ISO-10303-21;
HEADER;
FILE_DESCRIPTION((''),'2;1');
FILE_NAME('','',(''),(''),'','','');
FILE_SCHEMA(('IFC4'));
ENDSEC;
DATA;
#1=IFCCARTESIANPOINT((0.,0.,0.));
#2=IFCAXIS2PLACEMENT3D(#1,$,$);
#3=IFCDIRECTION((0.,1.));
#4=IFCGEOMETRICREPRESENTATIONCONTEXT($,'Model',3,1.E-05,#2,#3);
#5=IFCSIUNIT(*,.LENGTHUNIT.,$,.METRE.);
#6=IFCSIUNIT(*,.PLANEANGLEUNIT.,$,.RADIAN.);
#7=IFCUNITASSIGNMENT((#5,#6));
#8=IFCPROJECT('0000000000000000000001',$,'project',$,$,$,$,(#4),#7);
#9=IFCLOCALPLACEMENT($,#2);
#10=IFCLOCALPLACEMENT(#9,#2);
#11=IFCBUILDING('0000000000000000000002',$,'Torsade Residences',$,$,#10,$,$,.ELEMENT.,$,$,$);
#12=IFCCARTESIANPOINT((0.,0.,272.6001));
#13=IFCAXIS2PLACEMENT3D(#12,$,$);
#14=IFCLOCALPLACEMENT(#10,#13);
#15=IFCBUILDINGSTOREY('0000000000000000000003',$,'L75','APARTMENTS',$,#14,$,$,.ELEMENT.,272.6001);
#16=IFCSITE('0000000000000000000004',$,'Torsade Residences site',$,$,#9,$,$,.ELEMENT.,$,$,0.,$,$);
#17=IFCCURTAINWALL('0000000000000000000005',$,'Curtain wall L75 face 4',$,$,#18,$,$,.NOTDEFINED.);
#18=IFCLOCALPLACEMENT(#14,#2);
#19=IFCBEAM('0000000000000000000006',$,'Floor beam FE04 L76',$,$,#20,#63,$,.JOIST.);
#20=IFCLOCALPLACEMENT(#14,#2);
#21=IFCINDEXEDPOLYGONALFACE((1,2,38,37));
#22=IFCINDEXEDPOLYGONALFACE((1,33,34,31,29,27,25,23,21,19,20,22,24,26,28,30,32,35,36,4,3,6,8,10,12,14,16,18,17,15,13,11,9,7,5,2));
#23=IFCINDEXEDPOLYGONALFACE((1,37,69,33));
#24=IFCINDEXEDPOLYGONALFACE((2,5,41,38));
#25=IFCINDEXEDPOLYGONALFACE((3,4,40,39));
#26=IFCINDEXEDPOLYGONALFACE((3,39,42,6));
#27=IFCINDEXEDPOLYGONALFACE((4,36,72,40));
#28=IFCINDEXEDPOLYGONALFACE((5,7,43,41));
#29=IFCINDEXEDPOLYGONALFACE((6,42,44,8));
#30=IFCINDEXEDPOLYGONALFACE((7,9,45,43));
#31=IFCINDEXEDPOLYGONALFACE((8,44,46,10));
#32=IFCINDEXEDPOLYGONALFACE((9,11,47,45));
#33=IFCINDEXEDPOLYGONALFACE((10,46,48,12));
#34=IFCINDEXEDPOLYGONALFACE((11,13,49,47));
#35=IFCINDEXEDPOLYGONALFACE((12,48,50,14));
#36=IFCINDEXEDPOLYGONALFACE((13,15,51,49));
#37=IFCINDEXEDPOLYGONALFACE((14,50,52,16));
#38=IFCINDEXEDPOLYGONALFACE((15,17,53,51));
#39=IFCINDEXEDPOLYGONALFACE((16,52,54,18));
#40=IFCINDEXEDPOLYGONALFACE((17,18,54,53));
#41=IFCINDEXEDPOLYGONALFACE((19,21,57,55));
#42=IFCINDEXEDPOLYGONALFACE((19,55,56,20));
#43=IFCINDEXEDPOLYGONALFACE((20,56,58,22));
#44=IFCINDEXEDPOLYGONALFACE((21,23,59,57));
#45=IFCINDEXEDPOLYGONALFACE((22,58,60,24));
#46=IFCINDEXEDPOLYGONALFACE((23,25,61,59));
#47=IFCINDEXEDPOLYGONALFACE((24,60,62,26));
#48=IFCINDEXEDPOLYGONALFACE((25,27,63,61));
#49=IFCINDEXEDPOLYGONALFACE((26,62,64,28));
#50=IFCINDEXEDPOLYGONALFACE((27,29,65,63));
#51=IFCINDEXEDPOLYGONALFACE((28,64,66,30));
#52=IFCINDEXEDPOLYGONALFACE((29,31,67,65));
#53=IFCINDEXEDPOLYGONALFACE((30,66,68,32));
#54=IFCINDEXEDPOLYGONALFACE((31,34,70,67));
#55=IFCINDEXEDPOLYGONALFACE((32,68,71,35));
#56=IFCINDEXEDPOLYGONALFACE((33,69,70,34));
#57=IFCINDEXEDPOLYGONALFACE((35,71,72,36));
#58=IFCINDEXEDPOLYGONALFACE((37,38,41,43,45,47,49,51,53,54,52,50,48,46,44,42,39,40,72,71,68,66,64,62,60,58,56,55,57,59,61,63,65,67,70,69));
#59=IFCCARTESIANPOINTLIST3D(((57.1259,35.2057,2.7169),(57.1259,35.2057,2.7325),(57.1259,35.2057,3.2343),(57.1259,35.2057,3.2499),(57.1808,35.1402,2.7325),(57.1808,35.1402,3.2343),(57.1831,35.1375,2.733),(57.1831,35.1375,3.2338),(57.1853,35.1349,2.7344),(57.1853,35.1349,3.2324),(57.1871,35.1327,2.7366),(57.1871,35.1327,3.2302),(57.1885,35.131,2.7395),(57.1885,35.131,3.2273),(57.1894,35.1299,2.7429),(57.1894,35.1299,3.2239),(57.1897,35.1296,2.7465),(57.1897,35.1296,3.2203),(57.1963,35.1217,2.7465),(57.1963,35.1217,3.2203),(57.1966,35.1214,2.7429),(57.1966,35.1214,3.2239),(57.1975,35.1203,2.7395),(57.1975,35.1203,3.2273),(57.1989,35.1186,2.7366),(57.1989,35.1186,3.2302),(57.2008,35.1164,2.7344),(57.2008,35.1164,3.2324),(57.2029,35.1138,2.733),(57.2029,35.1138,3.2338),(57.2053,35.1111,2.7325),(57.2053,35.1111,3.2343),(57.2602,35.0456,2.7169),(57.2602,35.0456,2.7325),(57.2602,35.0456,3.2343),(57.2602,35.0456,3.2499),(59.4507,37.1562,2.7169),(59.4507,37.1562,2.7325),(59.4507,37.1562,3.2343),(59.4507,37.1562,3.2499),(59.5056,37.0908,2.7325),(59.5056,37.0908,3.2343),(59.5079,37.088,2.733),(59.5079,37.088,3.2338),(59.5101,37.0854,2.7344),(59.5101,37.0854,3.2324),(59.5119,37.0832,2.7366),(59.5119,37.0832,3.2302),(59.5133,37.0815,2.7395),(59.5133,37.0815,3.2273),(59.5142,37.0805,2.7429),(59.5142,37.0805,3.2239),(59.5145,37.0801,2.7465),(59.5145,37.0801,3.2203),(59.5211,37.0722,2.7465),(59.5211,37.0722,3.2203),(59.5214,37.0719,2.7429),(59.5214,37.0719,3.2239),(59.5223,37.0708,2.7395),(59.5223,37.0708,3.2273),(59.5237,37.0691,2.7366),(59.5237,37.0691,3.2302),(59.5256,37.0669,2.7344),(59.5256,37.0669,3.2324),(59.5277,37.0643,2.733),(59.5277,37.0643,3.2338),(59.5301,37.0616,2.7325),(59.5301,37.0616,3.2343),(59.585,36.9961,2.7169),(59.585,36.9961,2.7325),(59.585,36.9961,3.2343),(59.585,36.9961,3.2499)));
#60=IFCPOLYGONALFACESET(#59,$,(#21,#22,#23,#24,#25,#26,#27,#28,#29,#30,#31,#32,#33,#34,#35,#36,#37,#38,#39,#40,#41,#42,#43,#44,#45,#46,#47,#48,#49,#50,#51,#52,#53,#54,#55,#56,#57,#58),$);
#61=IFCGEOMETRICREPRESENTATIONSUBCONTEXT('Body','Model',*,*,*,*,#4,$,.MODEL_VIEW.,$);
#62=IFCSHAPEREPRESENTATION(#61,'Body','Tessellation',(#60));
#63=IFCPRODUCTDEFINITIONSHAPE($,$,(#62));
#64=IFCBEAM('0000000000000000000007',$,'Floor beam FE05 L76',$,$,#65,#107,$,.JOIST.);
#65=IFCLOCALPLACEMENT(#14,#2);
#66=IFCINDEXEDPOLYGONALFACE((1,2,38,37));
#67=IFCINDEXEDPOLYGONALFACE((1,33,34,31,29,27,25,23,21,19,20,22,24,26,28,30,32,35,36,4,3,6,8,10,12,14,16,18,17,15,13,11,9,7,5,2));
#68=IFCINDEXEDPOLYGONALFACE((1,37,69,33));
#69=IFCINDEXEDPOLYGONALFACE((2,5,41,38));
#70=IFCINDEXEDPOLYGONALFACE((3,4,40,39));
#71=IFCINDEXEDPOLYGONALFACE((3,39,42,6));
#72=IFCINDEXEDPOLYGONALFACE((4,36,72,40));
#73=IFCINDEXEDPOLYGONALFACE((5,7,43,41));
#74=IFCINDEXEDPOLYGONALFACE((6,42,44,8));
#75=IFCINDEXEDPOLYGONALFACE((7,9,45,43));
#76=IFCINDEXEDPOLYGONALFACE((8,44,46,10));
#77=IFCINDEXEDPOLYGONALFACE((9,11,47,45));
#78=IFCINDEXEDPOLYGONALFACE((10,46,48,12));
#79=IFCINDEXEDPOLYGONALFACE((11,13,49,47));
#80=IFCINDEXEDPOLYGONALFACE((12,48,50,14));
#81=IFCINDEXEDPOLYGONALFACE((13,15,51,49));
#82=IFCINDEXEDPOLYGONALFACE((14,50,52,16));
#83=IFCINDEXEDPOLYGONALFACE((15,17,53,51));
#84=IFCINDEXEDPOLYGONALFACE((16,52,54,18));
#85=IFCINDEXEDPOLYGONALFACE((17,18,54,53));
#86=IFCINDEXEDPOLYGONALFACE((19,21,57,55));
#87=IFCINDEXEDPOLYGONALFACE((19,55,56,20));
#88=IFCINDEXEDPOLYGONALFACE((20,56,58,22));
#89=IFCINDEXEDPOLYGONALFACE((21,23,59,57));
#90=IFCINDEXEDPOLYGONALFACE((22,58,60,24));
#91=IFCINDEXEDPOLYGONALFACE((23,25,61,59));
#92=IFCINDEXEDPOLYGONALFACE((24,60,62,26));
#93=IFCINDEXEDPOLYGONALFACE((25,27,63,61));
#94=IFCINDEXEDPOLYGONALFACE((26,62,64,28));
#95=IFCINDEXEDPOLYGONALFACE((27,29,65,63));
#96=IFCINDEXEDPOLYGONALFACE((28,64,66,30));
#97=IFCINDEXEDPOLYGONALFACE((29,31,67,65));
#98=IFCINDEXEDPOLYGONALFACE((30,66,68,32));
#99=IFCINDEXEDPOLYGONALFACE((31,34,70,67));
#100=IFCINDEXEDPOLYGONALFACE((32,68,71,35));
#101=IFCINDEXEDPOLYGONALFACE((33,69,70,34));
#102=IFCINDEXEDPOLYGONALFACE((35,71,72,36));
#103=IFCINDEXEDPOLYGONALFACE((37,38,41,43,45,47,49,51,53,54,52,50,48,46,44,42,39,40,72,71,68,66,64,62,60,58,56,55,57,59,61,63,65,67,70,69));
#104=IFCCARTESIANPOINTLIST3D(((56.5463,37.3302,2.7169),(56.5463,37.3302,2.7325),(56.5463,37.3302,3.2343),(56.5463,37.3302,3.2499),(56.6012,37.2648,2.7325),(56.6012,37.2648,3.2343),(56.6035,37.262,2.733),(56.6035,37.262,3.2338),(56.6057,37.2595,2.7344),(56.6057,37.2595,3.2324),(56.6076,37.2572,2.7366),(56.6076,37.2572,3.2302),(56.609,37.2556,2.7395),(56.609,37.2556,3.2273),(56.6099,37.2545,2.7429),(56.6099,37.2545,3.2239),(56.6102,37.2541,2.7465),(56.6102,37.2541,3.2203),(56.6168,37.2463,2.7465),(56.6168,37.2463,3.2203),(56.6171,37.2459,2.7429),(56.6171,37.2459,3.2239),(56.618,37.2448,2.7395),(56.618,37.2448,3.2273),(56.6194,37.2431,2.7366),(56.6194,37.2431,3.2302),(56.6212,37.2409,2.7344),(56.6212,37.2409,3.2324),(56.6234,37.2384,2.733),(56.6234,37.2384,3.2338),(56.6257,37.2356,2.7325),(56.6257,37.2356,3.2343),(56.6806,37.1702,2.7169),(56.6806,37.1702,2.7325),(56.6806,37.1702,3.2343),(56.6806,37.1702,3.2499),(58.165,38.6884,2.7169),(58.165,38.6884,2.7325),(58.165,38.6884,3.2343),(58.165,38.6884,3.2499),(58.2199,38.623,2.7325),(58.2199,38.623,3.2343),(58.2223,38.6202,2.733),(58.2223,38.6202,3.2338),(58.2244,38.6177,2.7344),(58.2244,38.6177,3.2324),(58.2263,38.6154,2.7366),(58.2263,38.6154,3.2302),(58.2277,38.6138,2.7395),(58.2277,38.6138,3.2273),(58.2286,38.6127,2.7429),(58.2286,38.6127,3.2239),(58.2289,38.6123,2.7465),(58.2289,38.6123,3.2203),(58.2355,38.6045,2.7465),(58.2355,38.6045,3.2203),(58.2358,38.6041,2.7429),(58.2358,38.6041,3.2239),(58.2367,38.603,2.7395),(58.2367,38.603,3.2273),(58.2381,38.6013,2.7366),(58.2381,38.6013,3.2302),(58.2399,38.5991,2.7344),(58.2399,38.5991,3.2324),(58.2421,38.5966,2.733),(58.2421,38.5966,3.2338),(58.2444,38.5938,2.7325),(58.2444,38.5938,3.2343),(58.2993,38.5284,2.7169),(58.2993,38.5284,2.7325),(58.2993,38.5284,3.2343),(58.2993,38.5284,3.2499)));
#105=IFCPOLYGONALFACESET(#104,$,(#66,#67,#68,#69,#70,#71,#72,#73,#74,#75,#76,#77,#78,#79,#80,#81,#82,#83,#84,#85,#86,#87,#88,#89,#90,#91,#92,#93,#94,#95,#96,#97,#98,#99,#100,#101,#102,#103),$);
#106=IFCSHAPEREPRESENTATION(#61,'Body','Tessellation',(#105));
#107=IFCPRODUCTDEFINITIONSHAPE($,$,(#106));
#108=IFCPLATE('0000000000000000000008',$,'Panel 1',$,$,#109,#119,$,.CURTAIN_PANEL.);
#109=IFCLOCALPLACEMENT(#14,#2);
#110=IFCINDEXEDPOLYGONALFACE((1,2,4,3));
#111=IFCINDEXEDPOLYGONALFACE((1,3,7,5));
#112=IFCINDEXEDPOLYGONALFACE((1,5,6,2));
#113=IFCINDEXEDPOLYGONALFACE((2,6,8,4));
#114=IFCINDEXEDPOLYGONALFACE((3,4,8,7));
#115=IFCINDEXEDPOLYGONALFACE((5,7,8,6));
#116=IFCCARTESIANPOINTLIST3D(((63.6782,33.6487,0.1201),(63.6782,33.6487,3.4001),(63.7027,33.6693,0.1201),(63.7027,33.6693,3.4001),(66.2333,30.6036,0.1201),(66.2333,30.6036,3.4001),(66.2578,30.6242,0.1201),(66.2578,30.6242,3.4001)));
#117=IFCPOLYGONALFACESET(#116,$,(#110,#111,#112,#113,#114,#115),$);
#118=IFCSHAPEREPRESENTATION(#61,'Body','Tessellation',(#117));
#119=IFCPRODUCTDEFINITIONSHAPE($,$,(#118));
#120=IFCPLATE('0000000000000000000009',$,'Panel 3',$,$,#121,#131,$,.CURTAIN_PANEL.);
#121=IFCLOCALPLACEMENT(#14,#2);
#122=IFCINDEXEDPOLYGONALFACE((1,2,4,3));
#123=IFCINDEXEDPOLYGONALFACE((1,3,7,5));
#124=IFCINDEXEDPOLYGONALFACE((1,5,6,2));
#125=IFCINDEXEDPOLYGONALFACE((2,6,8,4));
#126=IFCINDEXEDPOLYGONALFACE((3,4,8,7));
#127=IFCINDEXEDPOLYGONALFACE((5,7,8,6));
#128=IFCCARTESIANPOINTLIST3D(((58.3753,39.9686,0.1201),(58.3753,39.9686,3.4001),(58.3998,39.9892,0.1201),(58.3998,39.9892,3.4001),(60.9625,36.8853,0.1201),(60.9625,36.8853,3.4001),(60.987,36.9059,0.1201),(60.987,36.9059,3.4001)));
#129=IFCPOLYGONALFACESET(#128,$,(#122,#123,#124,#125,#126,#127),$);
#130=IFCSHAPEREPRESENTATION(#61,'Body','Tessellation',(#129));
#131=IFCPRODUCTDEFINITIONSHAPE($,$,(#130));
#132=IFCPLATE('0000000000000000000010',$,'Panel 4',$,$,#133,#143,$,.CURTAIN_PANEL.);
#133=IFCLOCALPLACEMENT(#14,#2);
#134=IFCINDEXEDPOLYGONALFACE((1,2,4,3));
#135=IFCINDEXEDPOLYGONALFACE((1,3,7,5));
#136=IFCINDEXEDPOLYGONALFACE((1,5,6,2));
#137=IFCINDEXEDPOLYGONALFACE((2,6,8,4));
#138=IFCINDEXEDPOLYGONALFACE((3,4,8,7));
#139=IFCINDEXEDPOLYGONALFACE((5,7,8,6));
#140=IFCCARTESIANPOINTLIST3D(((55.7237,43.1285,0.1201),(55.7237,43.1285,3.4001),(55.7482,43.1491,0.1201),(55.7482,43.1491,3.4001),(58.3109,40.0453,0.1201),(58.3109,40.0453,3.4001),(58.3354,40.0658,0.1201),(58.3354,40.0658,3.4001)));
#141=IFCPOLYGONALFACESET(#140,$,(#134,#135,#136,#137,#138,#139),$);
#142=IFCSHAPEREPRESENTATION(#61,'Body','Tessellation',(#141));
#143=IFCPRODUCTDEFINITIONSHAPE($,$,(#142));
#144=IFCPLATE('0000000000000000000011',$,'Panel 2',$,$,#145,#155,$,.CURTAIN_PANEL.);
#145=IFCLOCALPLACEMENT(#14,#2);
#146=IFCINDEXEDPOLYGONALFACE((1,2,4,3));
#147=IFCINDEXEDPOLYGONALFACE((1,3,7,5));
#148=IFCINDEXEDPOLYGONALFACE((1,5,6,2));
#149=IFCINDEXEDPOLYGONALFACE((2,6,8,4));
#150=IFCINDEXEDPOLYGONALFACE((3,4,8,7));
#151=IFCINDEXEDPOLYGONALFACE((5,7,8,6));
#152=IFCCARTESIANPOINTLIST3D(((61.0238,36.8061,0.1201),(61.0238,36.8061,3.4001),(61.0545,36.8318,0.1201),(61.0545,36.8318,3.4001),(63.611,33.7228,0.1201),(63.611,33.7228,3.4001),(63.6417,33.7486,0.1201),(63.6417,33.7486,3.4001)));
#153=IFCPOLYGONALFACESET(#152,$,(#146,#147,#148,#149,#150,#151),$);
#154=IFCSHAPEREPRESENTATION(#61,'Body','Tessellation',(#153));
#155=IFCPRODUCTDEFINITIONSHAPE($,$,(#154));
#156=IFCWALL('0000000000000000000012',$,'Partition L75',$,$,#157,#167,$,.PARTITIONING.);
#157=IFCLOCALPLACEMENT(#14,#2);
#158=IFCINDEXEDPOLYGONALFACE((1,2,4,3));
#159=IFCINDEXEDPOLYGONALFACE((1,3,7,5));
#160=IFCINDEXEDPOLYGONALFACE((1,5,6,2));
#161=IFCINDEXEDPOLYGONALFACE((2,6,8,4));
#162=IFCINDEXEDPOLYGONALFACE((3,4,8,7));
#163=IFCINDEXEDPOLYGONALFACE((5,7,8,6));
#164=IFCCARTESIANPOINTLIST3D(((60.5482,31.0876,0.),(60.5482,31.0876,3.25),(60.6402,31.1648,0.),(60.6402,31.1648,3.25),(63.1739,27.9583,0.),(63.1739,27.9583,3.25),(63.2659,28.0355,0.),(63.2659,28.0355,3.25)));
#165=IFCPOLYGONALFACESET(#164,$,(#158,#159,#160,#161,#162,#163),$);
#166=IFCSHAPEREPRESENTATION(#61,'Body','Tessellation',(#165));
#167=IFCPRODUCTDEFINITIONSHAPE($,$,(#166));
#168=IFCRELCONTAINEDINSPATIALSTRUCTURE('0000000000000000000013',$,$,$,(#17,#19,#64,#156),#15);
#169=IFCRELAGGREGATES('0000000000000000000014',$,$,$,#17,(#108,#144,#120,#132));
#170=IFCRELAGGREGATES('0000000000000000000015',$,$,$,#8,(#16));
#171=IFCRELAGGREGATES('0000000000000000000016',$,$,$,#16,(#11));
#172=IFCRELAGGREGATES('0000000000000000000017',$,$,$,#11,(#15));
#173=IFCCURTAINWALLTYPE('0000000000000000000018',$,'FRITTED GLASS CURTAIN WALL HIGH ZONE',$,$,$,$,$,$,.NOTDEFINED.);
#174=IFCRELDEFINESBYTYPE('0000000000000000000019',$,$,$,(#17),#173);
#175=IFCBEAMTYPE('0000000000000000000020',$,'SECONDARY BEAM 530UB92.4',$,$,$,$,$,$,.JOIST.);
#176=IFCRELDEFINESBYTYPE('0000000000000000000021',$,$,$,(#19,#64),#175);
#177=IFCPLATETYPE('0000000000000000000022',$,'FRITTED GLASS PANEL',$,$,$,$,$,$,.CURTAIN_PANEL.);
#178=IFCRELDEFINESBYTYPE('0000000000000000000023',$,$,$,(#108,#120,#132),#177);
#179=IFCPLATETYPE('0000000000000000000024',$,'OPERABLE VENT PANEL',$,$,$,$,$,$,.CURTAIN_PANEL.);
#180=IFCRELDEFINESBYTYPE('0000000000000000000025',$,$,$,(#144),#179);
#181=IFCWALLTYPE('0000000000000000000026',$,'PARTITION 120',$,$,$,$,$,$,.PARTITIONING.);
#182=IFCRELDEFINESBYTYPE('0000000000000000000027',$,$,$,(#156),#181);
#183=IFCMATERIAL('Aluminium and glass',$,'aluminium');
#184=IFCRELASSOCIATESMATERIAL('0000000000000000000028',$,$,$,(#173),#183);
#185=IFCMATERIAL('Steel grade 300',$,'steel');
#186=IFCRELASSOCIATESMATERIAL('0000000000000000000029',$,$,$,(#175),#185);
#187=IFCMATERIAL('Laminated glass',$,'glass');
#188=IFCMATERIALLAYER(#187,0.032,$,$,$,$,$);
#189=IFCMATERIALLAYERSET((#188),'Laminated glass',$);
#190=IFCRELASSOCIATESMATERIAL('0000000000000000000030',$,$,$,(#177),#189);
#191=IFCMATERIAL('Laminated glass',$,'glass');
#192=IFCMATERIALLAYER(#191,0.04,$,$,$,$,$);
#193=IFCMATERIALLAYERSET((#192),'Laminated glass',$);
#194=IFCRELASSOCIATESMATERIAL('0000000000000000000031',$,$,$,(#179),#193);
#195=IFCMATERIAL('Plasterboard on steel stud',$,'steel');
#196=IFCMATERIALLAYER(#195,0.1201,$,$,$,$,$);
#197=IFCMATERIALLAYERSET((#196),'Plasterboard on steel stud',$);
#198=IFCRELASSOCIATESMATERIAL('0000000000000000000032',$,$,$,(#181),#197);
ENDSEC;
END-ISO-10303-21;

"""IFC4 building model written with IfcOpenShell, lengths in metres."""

from ifc_helpers import new_model, si_unit, direction, frame, frame_2d, origin, origin_2d, place, context, subcontext, project, spatial, rectangle, i_section, extrude, material, layer, layer_set, material_profile, profile_set, type_object, element, aggregate, save


model = new_model("IFC4")

# Units and contexts
model_context = context("Model", 3, precision=1e-05, world=origin(), true_north=direction((0.0, 1.0)))
body_context = subcontext(model_context, "Body", "Model", "MODEL_VIEW")
ifc_project = project(units=[si_unit("LENGTHUNIT", "METRE"), si_unit("PLANEANGLEUNIT", "RADIAN")], contexts=[model_context])

# Site, building, storey
site_placement = place(None, origin())
site = spatial("IfcSite", under=ifc_project, at=site_placement, Name="Torsade Residences site", CompositionType="ELEMENT", RefElevation=0.0)
building_placement = place(site_placement, origin())
building = spatial("IfcBuilding", under=site, at=building_placement, Name="Torsade Residences", CompositionType="ELEMENT")
storey_placement = place(building_placement, frame((0.0, 0.0, 272.6001)))
storey = spatial("IfcBuildingStorey", under=building, at=storey_placement, Name="L75", Description="APARTMENTS", CompositionType="ELEMENT", Elevation=272.6001)

# Curtain wall
ifc_material_1 = material(Name="Aluminium and glass", Category="aluminium")
curtain_wall_type = type_object("IfcCurtainWallType", Name="FRITTED GLASS CURTAIN WALL HIGH ZONE", PredefinedType="NOTDEFINED", material=ifc_material_1)
curtain_wall_placement = place(storey_placement, origin())
curtain_wall = element("IfcCurtainWall", 1, at=curtain_wall_placement, inside=storey, type_object=curtain_wall_type, Name="Curtain wall L75 face 4", PredefinedType="NOTDEFINED")

# Beams
ifc_material_2 = material(Name="Steel grade 300", Category="steel")
ifc_material_profile_1 = material_profile(ifc_material_2, i_section(OverallWidth=0.209, OverallDepth=0.533, WebThickness=0.0103, FlangeThickness=0.0156, FilletRadius=0.0139, at=origin_2d()), Name="530UB92.4")
ifc_profile_set_1 = profile_set([ifc_material_profile_1], Name="Steel grade 300")
beam_type_1 = type_object("IfcBeamType", Name="SECONDARY BEAM 530UB92.4", PredefinedType="JOIST", material=ifc_profile_set_1)
beam_1_placement = place(storey_placement, frame((59.5178, 37.0762, 2.9834), z_axis=(-0.76608, -0.642745, 0.0), x_axis=(0.642745, -0.76608, 0.0)))
element("IfcBeam", 2, at=beam_1_placement, inside=storey, type_object=beam_type_1, Name="Floor beam FE04 L76", PredefinedType="JOIST", context=body_context, shape_type="SweptSolid", body=[
    extrude(i_section(OverallWidth=0.209, OverallDepth=0.533, WebThickness=0.0103, FlangeThickness=0.0156, FilletRadius=0.0139, at=origin_2d()), origin(), (0.0, 0.0, 1.0), 3.0347),
])
beam_2_placement = place(storey_placement, frame((58.2322, 38.6084, 2.9834), z_axis=(-0.766058, -0.642772, 0.0), x_axis=(0.642772, -0.766058, 0.0)))
element("IfcBeam", 3, at=beam_2_placement, inside=storey, type_object=beam_type_1, Name="Floor beam FE05 L76", PredefinedType="JOIST", context=body_context, shape_type="SweptSolid", body=[
    extrude(i_section(OverallWidth=0.209, OverallDepth=0.533, WebThickness=0.0103, FlangeThickness=0.0156, FilletRadius=0.0139, at=origin_2d()), origin(), (0.0, 0.0, 1.0), 2.113),
])

# Plates
ifc_material_3 = material(Name="Laminated glass", Category="glass")
ifc_layer_1 = layer(ifc_material_3, 0.032)
ifc_layer_set_1 = layer_set([ifc_layer_1], Name="Laminated glass")
plate_type_1 = type_object("IfcPlateType", Name="FRITTED GLASS PANEL", PredefinedType="CURTAIN_PANEL", material=ifc_layer_set_1)
plate_1_placement = place(storey_placement, frame((64.968, 32.1365, 0.1201), z_axis=(0.0, 0.0, 1.0), x_axis=(-0.642788, 0.766044, 0.0)))
plate_1 = element("IfcPlate", 4, at=plate_1_placement, type_object=plate_type_1, Name="Panel 1", PredefinedType="CURTAIN_PANEL", context=body_context, shape_type="SweptSolid", body=[
    extrude(rectangle(XDim=3.9751, YDim=0.032, at=origin_2d()), origin(), (0.0, 0.0, 1.0), 3.28),
])
plate_2_placement = place(storey_placement, frame((59.6812, 38.4373, 0.1201), z_axis=(0.0, 0.0, 1.0), x_axis=(-0.642788, 0.766044, 0.0)))
plate_2 = element("IfcPlate", 5, at=plate_2_placement, type_object=plate_type_1, Name="Panel 3", PredefinedType="CURTAIN_PANEL", context=body_context, shape_type="SweptSolid", body=[
    extrude(rectangle(XDim=4.0249, YDim=0.032, at=origin_2d()), origin(), (0.0, 0.0, 1.0), 3.28),
])
plate_3_placement = place(storey_placement, frame((57.0295, 41.5972, 0.1201), z_axis=(0.0, 0.0, 1.0), x_axis=(-0.642788, 0.766044, 0.0)))
plate_3 = element("IfcPlate", 6, at=plate_3_placement, type_object=plate_type_1, Name="Panel 4", PredefinedType="CURTAIN_PANEL", context=body_context, shape_type="SweptSolid", body=[
    extrude(rectangle(XDim=4.0249, YDim=0.032, at=origin_2d()), origin(), (0.0, 0.0, 1.0), 3.28),
])
ifc_material_4 = material(Name="Laminated glass", Category="glass")
ifc_layer_2 = layer(ifc_material_4, 0.04)
ifc_layer_set_2 = layer_set([ifc_layer_2], Name="Laminated glass")
plate_type_2 = type_object("IfcPlateType", Name="OPERABLE VENT PANEL", PredefinedType="CURTAIN_PANEL", material=ifc_layer_set_2)
plate_4_placement = place(storey_placement, frame((62.3328, 35.2773, 0.1201), z_axis=(0.0, 0.0, 1.0), x_axis=(-0.642788, 0.766044, 0.0)))
plate_4 = element("IfcPlate", 7, at=plate_4_placement, type_object=plate_type_2, Name="Panel 2", PredefinedType="CURTAIN_PANEL", context=body_context, shape_type="SweptSolid", body=[
    extrude(rectangle(XDim=4.0249, YDim=0.04, at=origin_2d()), origin(), (0.0, 0.0, 1.0), 3.28),
])
aggregate(curtain_wall, [plate_1, plate_4, plate_2, plate_3])

# Wall
ifc_material_5 = material(Name="Plasterboard on steel stud", Category="steel")
ifc_layer_3 = layer(ifc_material_5, 0.1201)
ifc_layer_set_3 = layer_set([ifc_layer_3], Name="Plasterboard on steel stud")
wall_type = type_object("IfcWallType", Name="PARTITION 120", PredefinedType="PARTITIONING", material=ifc_layer_set_3)
wall_placement = place(storey_placement, frame((60.5942, 31.1262, 0.0), z_axis=(0.0, 0.0, 1.0), x_axis=(0.642767, -0.766061, 0.0)))
element("IfcWall", 8, at=wall_placement, inside=storey, type_object=wall_type, Name="Partition L75", PredefinedType="PARTITIONING", context=body_context, shape_type="SweptSolid", body=[
    extrude(rectangle(XDim=4.085, YDim=0.1201, at=frame_2d((2.0425, 0.0))), origin(), (0.0, 0.0, 1.0), 3.25),
])

save(model, "model.ifc")
